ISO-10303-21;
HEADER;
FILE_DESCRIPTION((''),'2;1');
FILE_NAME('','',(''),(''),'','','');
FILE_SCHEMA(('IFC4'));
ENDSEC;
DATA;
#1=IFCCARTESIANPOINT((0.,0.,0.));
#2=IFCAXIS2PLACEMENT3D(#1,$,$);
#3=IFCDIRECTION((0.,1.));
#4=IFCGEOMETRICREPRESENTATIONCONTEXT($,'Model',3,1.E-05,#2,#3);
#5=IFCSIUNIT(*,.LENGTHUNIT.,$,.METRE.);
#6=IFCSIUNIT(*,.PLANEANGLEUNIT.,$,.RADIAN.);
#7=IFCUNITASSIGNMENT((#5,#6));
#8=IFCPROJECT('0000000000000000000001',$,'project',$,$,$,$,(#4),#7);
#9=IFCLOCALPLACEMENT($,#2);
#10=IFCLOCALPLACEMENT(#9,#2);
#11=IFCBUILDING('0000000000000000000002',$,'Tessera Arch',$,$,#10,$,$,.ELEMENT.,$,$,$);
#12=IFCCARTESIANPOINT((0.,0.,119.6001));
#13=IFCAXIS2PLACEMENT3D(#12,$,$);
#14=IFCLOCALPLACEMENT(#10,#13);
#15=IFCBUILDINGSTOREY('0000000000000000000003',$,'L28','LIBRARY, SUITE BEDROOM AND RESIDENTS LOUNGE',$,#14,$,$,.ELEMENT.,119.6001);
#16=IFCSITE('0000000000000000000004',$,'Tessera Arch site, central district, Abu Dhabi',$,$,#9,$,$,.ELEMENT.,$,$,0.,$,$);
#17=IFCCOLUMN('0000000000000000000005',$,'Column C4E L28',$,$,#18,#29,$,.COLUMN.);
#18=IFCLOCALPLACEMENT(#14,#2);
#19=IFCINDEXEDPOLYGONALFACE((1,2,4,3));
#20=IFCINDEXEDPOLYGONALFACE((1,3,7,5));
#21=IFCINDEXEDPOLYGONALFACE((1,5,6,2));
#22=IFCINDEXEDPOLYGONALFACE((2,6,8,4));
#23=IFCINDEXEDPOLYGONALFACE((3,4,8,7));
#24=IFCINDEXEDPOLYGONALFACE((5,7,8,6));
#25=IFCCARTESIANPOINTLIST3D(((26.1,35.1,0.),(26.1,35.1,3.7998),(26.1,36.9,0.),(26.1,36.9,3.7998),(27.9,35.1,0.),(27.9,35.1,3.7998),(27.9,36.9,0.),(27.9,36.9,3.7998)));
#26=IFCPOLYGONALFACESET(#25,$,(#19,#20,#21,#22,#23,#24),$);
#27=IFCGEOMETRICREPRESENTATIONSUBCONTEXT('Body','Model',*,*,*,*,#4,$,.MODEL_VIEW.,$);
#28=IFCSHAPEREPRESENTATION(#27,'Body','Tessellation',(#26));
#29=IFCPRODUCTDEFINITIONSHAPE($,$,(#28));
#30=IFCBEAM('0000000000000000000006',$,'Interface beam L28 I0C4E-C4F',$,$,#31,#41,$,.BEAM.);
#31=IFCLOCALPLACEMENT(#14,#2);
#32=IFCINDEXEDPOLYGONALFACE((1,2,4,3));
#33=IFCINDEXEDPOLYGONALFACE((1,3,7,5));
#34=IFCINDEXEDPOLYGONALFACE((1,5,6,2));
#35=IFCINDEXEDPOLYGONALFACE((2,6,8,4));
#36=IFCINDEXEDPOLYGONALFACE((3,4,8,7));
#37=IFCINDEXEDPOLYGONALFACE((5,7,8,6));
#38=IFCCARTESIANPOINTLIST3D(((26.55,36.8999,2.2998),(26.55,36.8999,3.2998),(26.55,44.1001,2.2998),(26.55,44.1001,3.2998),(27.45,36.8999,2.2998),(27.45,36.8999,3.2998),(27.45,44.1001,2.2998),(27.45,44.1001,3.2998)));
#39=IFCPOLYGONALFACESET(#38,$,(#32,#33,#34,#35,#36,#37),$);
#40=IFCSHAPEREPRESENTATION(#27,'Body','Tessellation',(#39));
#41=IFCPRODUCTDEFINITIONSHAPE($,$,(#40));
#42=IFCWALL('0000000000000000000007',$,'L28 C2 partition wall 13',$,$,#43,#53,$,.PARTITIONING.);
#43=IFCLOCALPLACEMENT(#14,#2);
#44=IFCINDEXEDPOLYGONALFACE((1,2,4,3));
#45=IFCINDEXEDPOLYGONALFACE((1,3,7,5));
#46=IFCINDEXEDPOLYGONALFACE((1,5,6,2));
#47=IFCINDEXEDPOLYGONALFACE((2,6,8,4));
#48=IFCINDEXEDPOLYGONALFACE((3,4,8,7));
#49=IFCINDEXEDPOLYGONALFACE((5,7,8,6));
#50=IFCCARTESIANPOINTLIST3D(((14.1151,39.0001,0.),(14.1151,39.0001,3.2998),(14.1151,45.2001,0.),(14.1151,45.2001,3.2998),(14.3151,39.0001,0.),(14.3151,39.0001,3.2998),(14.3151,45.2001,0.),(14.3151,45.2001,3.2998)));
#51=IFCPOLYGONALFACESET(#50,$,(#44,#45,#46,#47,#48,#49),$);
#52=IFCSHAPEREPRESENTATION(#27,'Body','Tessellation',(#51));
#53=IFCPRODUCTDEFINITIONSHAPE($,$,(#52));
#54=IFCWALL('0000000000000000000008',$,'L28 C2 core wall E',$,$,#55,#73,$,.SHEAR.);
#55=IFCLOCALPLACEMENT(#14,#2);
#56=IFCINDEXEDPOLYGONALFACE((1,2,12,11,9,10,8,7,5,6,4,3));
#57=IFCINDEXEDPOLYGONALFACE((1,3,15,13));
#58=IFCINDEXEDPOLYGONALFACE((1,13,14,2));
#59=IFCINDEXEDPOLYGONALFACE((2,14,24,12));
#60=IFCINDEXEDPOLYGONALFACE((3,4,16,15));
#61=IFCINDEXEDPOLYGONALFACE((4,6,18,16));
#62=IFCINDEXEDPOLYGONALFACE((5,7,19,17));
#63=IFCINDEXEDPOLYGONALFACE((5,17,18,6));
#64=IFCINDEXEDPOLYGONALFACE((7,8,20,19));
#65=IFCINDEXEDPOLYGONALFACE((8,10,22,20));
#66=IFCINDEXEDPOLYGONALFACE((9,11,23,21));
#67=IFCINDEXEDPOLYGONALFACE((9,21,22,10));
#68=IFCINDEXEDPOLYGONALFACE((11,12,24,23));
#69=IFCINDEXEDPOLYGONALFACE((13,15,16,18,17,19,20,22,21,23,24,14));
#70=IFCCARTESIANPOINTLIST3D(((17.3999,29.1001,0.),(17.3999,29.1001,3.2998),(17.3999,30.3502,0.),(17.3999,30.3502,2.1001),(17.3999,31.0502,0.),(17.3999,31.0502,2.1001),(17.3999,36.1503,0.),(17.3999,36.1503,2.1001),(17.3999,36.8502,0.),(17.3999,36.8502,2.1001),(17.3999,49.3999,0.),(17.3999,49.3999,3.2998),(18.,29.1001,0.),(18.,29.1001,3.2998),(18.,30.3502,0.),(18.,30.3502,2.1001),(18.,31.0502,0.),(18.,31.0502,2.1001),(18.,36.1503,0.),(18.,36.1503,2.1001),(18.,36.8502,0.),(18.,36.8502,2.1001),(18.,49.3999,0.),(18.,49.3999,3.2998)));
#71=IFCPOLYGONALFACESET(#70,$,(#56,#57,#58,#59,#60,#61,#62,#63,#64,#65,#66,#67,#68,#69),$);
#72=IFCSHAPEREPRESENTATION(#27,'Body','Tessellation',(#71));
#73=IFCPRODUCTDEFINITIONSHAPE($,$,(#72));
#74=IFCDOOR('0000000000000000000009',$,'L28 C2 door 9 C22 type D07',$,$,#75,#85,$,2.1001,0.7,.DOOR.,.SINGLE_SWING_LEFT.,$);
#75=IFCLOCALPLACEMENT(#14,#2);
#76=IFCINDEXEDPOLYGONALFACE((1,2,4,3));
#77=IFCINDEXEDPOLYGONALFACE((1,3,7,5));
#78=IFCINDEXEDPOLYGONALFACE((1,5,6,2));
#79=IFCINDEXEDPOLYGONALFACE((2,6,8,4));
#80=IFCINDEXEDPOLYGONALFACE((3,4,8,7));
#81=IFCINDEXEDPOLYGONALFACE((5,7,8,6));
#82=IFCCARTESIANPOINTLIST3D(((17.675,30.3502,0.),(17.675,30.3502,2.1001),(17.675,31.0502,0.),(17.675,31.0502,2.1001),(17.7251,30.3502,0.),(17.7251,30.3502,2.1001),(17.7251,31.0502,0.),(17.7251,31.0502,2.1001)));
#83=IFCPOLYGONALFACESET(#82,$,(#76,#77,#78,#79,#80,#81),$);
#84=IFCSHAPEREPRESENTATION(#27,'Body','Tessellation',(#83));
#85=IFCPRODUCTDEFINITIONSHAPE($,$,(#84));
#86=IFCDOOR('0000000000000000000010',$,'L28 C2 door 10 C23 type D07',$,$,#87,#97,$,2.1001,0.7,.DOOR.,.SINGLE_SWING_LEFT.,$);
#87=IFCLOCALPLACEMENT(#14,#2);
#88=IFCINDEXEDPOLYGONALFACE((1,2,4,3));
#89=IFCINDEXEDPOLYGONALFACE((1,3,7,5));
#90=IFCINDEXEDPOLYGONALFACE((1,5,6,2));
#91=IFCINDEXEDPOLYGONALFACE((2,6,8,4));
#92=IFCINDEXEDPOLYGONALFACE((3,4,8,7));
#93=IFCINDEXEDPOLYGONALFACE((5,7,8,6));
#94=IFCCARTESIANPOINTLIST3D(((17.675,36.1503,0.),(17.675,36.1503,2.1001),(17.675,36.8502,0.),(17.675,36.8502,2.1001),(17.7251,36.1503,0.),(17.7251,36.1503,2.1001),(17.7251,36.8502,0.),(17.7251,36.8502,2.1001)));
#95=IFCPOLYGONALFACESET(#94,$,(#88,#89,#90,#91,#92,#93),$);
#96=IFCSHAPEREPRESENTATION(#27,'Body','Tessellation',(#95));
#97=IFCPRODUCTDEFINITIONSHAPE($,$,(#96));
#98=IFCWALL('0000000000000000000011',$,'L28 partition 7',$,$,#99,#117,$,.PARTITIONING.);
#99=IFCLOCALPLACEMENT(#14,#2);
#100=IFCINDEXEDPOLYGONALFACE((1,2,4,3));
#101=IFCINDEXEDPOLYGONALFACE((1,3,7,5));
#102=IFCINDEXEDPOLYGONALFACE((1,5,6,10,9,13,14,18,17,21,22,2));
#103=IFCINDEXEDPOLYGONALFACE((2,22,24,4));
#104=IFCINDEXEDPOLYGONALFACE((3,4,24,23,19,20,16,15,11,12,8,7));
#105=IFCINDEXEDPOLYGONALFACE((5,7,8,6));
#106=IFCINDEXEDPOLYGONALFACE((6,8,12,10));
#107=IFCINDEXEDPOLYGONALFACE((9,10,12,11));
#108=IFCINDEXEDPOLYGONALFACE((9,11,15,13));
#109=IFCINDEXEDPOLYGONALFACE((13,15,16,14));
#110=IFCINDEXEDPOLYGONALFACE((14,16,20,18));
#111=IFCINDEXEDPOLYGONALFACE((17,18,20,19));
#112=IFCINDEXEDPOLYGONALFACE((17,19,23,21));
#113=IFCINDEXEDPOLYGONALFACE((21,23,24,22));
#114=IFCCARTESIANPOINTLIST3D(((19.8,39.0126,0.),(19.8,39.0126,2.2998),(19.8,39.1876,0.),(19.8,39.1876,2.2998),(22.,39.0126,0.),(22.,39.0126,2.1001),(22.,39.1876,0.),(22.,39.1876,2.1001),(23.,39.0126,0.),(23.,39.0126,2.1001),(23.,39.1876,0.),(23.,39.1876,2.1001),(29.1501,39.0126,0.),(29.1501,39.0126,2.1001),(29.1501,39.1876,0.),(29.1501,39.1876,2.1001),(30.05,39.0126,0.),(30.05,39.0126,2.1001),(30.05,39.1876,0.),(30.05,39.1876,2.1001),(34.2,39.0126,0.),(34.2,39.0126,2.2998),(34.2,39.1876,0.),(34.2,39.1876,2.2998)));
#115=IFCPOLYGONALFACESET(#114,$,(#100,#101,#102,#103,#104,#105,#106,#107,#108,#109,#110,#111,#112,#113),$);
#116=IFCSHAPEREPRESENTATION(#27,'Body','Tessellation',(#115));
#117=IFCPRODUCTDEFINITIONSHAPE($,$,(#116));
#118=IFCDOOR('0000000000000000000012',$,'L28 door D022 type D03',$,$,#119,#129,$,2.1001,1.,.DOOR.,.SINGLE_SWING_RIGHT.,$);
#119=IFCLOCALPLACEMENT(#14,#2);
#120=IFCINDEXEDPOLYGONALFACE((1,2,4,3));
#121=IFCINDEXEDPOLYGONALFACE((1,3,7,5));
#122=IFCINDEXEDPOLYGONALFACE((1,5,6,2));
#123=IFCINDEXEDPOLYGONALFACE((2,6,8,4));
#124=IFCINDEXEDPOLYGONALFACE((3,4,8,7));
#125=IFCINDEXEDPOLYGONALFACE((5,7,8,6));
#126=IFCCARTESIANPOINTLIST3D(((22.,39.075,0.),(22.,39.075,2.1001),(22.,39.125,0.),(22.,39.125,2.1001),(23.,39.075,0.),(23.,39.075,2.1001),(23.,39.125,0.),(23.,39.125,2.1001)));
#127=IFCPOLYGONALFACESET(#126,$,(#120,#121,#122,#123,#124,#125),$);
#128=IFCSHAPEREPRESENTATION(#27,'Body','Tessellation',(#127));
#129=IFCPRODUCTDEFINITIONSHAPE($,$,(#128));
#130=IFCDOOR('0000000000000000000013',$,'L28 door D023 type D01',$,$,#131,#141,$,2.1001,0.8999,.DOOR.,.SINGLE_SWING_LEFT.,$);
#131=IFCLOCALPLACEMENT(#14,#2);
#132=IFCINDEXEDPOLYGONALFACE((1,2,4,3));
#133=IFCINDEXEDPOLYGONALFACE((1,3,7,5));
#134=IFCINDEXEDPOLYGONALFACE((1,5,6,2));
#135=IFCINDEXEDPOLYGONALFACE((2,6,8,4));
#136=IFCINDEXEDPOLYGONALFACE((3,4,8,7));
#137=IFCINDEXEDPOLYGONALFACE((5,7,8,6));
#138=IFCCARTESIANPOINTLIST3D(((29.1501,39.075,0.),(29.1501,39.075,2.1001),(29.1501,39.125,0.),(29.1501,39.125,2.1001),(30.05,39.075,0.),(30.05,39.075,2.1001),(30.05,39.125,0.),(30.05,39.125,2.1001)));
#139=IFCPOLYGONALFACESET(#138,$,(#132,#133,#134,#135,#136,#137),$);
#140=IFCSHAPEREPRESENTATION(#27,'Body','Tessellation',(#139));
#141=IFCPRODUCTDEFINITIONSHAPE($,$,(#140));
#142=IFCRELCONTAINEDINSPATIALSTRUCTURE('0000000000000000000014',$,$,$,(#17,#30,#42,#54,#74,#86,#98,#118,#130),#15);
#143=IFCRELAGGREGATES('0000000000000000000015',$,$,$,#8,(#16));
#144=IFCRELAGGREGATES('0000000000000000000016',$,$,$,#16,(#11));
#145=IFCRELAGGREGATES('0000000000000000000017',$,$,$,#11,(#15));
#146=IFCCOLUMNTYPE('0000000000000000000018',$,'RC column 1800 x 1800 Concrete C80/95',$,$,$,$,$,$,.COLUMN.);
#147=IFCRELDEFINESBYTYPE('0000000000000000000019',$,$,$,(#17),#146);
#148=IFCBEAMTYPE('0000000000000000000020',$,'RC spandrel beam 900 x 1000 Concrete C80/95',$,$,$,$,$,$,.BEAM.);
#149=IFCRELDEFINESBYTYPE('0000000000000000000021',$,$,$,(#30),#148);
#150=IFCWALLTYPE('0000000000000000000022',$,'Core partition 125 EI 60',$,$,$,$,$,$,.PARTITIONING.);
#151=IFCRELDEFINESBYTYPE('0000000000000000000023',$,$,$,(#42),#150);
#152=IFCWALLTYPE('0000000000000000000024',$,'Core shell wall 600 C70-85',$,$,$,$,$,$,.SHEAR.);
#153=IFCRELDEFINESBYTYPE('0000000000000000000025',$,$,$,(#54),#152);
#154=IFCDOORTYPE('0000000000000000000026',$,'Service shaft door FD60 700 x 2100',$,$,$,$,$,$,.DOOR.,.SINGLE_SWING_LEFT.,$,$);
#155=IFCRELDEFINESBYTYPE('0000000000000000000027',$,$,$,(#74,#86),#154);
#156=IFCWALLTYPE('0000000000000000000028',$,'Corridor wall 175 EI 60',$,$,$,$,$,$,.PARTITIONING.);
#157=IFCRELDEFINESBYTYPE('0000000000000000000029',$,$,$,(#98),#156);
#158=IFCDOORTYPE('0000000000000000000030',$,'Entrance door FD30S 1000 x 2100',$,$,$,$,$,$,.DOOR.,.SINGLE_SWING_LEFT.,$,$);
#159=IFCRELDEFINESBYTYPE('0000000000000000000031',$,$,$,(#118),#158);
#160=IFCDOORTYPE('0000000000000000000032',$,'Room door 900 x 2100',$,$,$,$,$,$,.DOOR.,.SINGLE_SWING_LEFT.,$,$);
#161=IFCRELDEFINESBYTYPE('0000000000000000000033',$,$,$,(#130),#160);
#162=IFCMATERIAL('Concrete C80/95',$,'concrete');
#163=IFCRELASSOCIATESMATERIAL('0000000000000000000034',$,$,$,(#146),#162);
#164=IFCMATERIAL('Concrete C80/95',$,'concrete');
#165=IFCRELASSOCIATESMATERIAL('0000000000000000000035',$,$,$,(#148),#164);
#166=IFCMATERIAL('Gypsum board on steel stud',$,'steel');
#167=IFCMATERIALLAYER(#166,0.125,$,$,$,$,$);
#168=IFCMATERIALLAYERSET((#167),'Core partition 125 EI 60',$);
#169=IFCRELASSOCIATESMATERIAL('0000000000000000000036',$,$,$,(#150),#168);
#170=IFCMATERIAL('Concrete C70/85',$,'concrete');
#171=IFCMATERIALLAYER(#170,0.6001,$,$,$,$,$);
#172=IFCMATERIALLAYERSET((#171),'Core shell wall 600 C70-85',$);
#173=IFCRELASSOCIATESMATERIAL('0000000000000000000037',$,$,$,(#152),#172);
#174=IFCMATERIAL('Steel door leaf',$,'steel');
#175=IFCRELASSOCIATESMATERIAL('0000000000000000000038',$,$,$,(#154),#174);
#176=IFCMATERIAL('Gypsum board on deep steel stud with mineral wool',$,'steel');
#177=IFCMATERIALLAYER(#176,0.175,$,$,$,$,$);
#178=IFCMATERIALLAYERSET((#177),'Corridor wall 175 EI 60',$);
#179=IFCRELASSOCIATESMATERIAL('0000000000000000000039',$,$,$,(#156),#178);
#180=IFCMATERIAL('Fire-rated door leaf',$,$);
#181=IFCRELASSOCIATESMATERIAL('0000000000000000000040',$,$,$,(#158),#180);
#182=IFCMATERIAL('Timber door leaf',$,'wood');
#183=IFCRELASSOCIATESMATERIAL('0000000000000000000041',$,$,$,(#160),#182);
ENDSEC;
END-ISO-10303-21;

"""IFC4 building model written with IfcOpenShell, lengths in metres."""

from ifc_helpers import new_model, si_unit, direction, frame, frame_2d, origin, origin_2d, place, context, subcontext, project, spatial, rectangle, extrude, material, layer, layer_set, material_profile, profile_set, type_object, element, fill, save


model = new_model("IFC4")

# Units and contexts
model_context = context("Model", 3, precision=1e-05, world=origin(), true_north=direction((0.0, 1.0)))
body_context = subcontext(model_context, "Body", "Model", "MODEL_VIEW")
ifc_project = project(units=[si_unit("LENGTHUNIT", "METRE"), si_unit("PLANEANGLEUNIT", "RADIAN")], contexts=[model_context])

# Site, building, storey
site_placement = place(None, origin())
site = spatial("IfcSite", under=ifc_project, at=site_placement, Name="Tessera Arch site, central district, Abu Dhabi", CompositionType="ELEMENT", RefElevation=0.0)
building_placement = place(site_placement, origin())
building = spatial("IfcBuilding", under=site, at=building_placement, Name="Tessera Arch", CompositionType="ELEMENT")
storey_placement = place(building_placement, frame((0.0, 0.0, 119.6001)))
storey = spatial("IfcBuildingStorey", under=building, at=storey_placement, Name="L28", Description="LIBRARY, SUITE BEDROOM AND RESIDENTS LOUNGE", CompositionType="ELEMENT", Elevation=119.6001)

# Column
ifc_material_1 = material(Name="Concrete C80/95", Category="concrete")
ifc_material_profile_1 = material_profile(ifc_material_1, rectangle(XDim=1.8, YDim=1.8, at=origin_2d()), Name="RC column 1800 x 1800 Concrete C80/95")
ifc_profile_set_1 = profile_set([ifc_material_profile_1], Name="Concrete C80/95")
column_type = type_object("IfcColumnType", Name="RC column 1800 x 1800 Concrete C80/95", PredefinedType="COLUMN", material=ifc_profile_set_1)
column_placement = place(storey_placement, frame((27.0, 36.0, 0.0), z_axis=(0.0, 0.0, 1.0), x_axis=(1.0, 0.0, 0.0)))
element("IfcColumn", 1, at=column_placement, inside=storey, type_object=column_type, Name="Column C4E L28", PredefinedType="COLUMN", context=body_context, shape_type="SweptSolid", body=[
    extrude(rectangle(XDim=1.8, YDim=1.8, at=origin_2d()), origin(), (0.0, 0.0, 1.0), 3.7998),
])

# Beam
ifc_material_2 = material(Name="Concrete C80/95", Category="concrete")
ifc_material_profile_2 = material_profile(ifc_material_2, rectangle(XDim=0.8999, YDim=1.0, at=origin_2d()), Name="RC spandrel beam 900 x 1000 Concrete C80/95")
ifc_profile_set_2 = profile_set([ifc_material_profile_2], Name="Concrete C80/95")
beam_type = type_object("IfcBeamType", Name="RC spandrel beam 900 x 1000 Concrete C80/95", PredefinedType="BEAM", material=ifc_profile_set_2)
beam_placement = place(storey_placement, frame((27.0, 36.8999, 2.7998), z_axis=(0.0, 1.0, 0.0), x_axis=(-1.0, 0.0, 0.0)))
element("IfcBeam", 2, at=beam_placement, inside=storey, type_object=beam_type, Name="Interface beam L28 I0C4E-C4F", PredefinedType="BEAM", context=body_context, shape_type="SweptSolid", body=[
    extrude(rectangle(XDim=0.8999, YDim=1.0, at=origin_2d()), origin(), (0.0, 0.0, 1.0), 7.2002),
])

# Wall
ifc_material_3 = material(Name="Gypsum board on steel stud", Category="steel")
ifc_layer_1 = layer(ifc_material_3, 0.125)
ifc_layer_set_1 = layer_set([ifc_layer_1], Name="Core partition 125 EI 60")
wall_type_1 = type_object("IfcWallType", Name="Core partition 125 EI 60", PredefinedType="PARTITIONING", material=ifc_layer_set_1)
wall_1_placement = place(storey_placement, frame((14.2151, 39.0, 0.0), z_axis=(0.0, 0.0, 1.0), x_axis=(0.0, 1.0, 0.0)))
element("IfcWall", 3, at=wall_1_placement, inside=storey, type_object=wall_type_1, Name="L28 C2 partition wall 13", PredefinedType="PARTITIONING", context=body_context, shape_type="SweptSolid", body=[
    extrude(rectangle(XDim=6.2, YDim=0.2, at=frame_2d((3.1001, 0.0))), origin(), (0.0, 0.0, 1.0), 3.2998),
])

# Walls, openings, doors
ifc_material_4 = material(Name="Concrete C70/85", Category="concrete")
ifc_layer_2 = layer(ifc_material_4, 0.6001)
ifc_layer_set_2 = layer_set([ifc_layer_2], Name="Core shell wall 600 C70-85")
wall_type_2 = type_object("IfcWallType", Name="Core shell wall 600 C70-85", PredefinedType="SHEAR", material=ifc_layer_set_2)
wall_2_placement = place(storey_placement, frame((17.7, 29.1001, 0.0), z_axis=(0.0, 0.0, 1.0), x_axis=(0.0, 1.0, 0.0)))
wall_2 = element("IfcWall", 4, at=wall_2_placement, inside=storey, type_object=wall_type_2, Name="L28 C2 core wall E", PredefinedType="SHEAR", context=body_context, shape_type="SweptSolid", body=[
    extrude(rectangle(XDim=20.2998, YDim=0.6001, at=frame_2d((10.1499, 0.0))), origin(), (0.0, 0.0, 1.0), 3.2998),
])
opening_1_placement = place(wall_2_placement, frame((1.25, 0.0, 0.0)))
opening_1 = element("IfcOpeningElement", 5, at=opening_1_placement, cuts=wall_2, PredefinedType="OPENING", context=body_context, shape_type="SweptSolid", body=[
    extrude(rectangle(XDim=0.7, YDim=2.1001, at=frame_2d((0.3501, 1.05))), frame((0.0, 0.3101, 0.0), z_axis=(0.0, -1.0, 0.0), x_axis=(1.0, 0.0, 0.0)), (0.0, 0.0, 1.0), 0.6201),
])
opening_2_placement = place(wall_2_placement, frame((7.05, 0.0, 0.0)))
opening_2 = element("IfcOpeningElement", 6, at=opening_2_placement, cuts=wall_2, PredefinedType="OPENING", context=body_context, shape_type="SweptSolid", body=[
    extrude(rectangle(XDim=0.7, YDim=2.1001, at=frame_2d((0.3501, 1.05))), frame((0.0, 0.3101, 0.0), z_axis=(0.0, -1.0, 0.0), x_axis=(1.0, 0.0, 0.0)), (0.0, 0.0, 1.0), 0.6201),
])
ifc_material_5 = material(Name="Steel door leaf", Category="steel")
door_type_1 = type_object("IfcDoorType", Name="Service shaft door FD60 700 x 2100", OperationType="SINGLE_SWING_LEFT", PredefinedType="DOOR", material=ifc_material_5)
door_1_placement = place(opening_1_placement, origin())
door_1 = element("IfcDoor", 7, at=door_1_placement, inside=storey, type_object=door_type_1, Name="L28 C2 door 9 C22 type D07", OperationType="SINGLE_SWING_LEFT", OverallHeight=2.1001, OverallWidth=0.7, PredefinedType="DOOR", context=body_context, shape_type="SweptSolid", body=[
    extrude(rectangle(XDim=0.7, YDim=2.1001, at=frame_2d((0.3501, 1.05))), frame((0.0, 0.0249, 0.0), z_axis=(0.0, -1.0, 0.0), x_axis=(1.0, 0.0, 0.0)), (0.0, 0.0, 1.0), 0.05),
])
fill(opening_1, door_1)
door_2_placement = place(opening_2_placement, origin())
door_2 = element("IfcDoor", 8, at=door_2_placement, inside=storey, type_object=door_type_1, Name="L28 C2 door 10 C23 type D07", OperationType="SINGLE_SWING_LEFT", OverallHeight=2.1001, OverallWidth=0.7, PredefinedType="DOOR", context=body_context, shape_type="SweptSolid", body=[
    extrude(rectangle(XDim=0.7, YDim=2.1001, at=frame_2d((0.3501, 1.05))), frame((0.0, 0.0249, 0.0), z_axis=(0.0, -1.0, 0.0), x_axis=(1.0, 0.0, 0.0)), (0.0, 0.0, 1.0), 0.05),
])
fill(opening_2, door_2)
ifc_material_6 = material(Name="Gypsum board on deep steel stud with mineral wool", Category="steel")
ifc_layer_3 = layer(ifc_material_6, 0.175)
ifc_layer_set_3 = layer_set([ifc_layer_3], Name="Corridor wall 175 EI 60")
wall_type_3 = type_object("IfcWallType", Name="Corridor wall 175 EI 60", PredefinedType="PARTITIONING", material=ifc_layer_set_3)
wall_3_placement = place(storey_placement, frame((19.8, 39.1001, 0.0), z_axis=(0.0, 0.0, 1.0), x_axis=(1.0, 0.0, 0.0)))
wall_3 = element("IfcWall", 9, at=wall_3_placement, inside=storey, type_object=wall_type_3, Name="L28 partition 7", PredefinedType="PARTITIONING", context=body_context, shape_type="SweptSolid", body=[
    extrude(rectangle(XDim=14.3999, YDim=0.175, at=frame_2d((7.2, 0.0))), origin(), (0.0, 0.0, 1.0), 2.2998),
])
opening_3_placement = place(wall_3_placement, frame((2.2, 0.0, 0.0)))
opening_3 = element("IfcOpeningElement", 10, at=opening_3_placement, cuts=wall_3, PredefinedType="OPENING", context=body_context, shape_type="SweptSolid", body=[
    extrude(rectangle(XDim=1.0, YDim=2.1001, at=frame_2d((0.5, 1.05))), frame((0.0, 0.0974, 0.0), z_axis=(0.0, -1.0, 0.0), x_axis=(1.0, 0.0, 0.0)), (0.0, 0.0, 1.0), 0.1951),
])
opening_4_placement = place(wall_3_placement, frame((9.3501, 0.0, 0.0)))
opening_4 = element("IfcOpeningElement", 11, at=opening_4_placement, cuts=wall_3, PredefinedType="OPENING", context=body_context, shape_type="SweptSolid", body=[
    extrude(rectangle(XDim=0.8999, YDim=2.1001, at=frame_2d((0.45, 1.05))), frame((0.0, 0.0974, 0.0), z_axis=(0.0, -1.0, 0.0), x_axis=(1.0, 0.0, 0.0)), (0.0, 0.0, 1.0), 0.1951),
])
ifc_material_7 = material(Name="Fire-rated door leaf")
door_type_2 = type_object("IfcDoorType", Name="Entrance door FD30S 1000 x 2100", OperationType="SINGLE_SWING_LEFT", PredefinedType="DOOR", material=ifc_material_7)
door_3_placement = place(opening_3_placement, origin())
door_3 = element("IfcDoor", 12, at=door_3_placement, inside=storey, type_object=door_type_2, Name="L28 door D022 type D03", OperationType="SINGLE_SWING_RIGHT", OverallHeight=2.1001, OverallWidth=1.0, PredefinedType="DOOR", context=body_context, shape_type="SweptSolid", body=[
    extrude(rectangle(XDim=1.0, YDim=2.1001, at=frame_2d((0.5, 1.05))), frame((0.0, 0.0249, 0.0), z_axis=(0.0, -1.0, 0.0), x_axis=(1.0, 0.0, 0.0)), (0.0, 0.0, 1.0), 0.05),
])
fill(opening_3, door_3)
ifc_material_8 = material(Name="Timber door leaf", Category="wood")
door_type_3 = type_object("IfcDoorType", Name="Room door 900 x 2100", OperationType="SINGLE_SWING_LEFT", PredefinedType="DOOR", material=ifc_material_8)
door_4_placement = place(opening_4_placement, origin())
door_4 = element("IfcDoor", 13, at=door_4_placement, inside=storey, type_object=door_type_3, Name="L28 door D023 type D01", OperationType="SINGLE_SWING_LEFT", OverallHeight=2.1001, OverallWidth=0.8999, PredefinedType="DOOR", context=body_context, shape_type="SweptSolid", body=[
    extrude(rectangle(XDim=0.8999, YDim=2.1001, at=frame_2d((0.45, 1.05))), frame((0.0, 0.0249, 0.0), z_axis=(0.0, -1.0, 0.0), x_axis=(1.0, 0.0, 0.0)), (0.0, 0.0, 1.0), 0.05),
])
fill(opening_4, door_4)

save(model, "model.ifc")
